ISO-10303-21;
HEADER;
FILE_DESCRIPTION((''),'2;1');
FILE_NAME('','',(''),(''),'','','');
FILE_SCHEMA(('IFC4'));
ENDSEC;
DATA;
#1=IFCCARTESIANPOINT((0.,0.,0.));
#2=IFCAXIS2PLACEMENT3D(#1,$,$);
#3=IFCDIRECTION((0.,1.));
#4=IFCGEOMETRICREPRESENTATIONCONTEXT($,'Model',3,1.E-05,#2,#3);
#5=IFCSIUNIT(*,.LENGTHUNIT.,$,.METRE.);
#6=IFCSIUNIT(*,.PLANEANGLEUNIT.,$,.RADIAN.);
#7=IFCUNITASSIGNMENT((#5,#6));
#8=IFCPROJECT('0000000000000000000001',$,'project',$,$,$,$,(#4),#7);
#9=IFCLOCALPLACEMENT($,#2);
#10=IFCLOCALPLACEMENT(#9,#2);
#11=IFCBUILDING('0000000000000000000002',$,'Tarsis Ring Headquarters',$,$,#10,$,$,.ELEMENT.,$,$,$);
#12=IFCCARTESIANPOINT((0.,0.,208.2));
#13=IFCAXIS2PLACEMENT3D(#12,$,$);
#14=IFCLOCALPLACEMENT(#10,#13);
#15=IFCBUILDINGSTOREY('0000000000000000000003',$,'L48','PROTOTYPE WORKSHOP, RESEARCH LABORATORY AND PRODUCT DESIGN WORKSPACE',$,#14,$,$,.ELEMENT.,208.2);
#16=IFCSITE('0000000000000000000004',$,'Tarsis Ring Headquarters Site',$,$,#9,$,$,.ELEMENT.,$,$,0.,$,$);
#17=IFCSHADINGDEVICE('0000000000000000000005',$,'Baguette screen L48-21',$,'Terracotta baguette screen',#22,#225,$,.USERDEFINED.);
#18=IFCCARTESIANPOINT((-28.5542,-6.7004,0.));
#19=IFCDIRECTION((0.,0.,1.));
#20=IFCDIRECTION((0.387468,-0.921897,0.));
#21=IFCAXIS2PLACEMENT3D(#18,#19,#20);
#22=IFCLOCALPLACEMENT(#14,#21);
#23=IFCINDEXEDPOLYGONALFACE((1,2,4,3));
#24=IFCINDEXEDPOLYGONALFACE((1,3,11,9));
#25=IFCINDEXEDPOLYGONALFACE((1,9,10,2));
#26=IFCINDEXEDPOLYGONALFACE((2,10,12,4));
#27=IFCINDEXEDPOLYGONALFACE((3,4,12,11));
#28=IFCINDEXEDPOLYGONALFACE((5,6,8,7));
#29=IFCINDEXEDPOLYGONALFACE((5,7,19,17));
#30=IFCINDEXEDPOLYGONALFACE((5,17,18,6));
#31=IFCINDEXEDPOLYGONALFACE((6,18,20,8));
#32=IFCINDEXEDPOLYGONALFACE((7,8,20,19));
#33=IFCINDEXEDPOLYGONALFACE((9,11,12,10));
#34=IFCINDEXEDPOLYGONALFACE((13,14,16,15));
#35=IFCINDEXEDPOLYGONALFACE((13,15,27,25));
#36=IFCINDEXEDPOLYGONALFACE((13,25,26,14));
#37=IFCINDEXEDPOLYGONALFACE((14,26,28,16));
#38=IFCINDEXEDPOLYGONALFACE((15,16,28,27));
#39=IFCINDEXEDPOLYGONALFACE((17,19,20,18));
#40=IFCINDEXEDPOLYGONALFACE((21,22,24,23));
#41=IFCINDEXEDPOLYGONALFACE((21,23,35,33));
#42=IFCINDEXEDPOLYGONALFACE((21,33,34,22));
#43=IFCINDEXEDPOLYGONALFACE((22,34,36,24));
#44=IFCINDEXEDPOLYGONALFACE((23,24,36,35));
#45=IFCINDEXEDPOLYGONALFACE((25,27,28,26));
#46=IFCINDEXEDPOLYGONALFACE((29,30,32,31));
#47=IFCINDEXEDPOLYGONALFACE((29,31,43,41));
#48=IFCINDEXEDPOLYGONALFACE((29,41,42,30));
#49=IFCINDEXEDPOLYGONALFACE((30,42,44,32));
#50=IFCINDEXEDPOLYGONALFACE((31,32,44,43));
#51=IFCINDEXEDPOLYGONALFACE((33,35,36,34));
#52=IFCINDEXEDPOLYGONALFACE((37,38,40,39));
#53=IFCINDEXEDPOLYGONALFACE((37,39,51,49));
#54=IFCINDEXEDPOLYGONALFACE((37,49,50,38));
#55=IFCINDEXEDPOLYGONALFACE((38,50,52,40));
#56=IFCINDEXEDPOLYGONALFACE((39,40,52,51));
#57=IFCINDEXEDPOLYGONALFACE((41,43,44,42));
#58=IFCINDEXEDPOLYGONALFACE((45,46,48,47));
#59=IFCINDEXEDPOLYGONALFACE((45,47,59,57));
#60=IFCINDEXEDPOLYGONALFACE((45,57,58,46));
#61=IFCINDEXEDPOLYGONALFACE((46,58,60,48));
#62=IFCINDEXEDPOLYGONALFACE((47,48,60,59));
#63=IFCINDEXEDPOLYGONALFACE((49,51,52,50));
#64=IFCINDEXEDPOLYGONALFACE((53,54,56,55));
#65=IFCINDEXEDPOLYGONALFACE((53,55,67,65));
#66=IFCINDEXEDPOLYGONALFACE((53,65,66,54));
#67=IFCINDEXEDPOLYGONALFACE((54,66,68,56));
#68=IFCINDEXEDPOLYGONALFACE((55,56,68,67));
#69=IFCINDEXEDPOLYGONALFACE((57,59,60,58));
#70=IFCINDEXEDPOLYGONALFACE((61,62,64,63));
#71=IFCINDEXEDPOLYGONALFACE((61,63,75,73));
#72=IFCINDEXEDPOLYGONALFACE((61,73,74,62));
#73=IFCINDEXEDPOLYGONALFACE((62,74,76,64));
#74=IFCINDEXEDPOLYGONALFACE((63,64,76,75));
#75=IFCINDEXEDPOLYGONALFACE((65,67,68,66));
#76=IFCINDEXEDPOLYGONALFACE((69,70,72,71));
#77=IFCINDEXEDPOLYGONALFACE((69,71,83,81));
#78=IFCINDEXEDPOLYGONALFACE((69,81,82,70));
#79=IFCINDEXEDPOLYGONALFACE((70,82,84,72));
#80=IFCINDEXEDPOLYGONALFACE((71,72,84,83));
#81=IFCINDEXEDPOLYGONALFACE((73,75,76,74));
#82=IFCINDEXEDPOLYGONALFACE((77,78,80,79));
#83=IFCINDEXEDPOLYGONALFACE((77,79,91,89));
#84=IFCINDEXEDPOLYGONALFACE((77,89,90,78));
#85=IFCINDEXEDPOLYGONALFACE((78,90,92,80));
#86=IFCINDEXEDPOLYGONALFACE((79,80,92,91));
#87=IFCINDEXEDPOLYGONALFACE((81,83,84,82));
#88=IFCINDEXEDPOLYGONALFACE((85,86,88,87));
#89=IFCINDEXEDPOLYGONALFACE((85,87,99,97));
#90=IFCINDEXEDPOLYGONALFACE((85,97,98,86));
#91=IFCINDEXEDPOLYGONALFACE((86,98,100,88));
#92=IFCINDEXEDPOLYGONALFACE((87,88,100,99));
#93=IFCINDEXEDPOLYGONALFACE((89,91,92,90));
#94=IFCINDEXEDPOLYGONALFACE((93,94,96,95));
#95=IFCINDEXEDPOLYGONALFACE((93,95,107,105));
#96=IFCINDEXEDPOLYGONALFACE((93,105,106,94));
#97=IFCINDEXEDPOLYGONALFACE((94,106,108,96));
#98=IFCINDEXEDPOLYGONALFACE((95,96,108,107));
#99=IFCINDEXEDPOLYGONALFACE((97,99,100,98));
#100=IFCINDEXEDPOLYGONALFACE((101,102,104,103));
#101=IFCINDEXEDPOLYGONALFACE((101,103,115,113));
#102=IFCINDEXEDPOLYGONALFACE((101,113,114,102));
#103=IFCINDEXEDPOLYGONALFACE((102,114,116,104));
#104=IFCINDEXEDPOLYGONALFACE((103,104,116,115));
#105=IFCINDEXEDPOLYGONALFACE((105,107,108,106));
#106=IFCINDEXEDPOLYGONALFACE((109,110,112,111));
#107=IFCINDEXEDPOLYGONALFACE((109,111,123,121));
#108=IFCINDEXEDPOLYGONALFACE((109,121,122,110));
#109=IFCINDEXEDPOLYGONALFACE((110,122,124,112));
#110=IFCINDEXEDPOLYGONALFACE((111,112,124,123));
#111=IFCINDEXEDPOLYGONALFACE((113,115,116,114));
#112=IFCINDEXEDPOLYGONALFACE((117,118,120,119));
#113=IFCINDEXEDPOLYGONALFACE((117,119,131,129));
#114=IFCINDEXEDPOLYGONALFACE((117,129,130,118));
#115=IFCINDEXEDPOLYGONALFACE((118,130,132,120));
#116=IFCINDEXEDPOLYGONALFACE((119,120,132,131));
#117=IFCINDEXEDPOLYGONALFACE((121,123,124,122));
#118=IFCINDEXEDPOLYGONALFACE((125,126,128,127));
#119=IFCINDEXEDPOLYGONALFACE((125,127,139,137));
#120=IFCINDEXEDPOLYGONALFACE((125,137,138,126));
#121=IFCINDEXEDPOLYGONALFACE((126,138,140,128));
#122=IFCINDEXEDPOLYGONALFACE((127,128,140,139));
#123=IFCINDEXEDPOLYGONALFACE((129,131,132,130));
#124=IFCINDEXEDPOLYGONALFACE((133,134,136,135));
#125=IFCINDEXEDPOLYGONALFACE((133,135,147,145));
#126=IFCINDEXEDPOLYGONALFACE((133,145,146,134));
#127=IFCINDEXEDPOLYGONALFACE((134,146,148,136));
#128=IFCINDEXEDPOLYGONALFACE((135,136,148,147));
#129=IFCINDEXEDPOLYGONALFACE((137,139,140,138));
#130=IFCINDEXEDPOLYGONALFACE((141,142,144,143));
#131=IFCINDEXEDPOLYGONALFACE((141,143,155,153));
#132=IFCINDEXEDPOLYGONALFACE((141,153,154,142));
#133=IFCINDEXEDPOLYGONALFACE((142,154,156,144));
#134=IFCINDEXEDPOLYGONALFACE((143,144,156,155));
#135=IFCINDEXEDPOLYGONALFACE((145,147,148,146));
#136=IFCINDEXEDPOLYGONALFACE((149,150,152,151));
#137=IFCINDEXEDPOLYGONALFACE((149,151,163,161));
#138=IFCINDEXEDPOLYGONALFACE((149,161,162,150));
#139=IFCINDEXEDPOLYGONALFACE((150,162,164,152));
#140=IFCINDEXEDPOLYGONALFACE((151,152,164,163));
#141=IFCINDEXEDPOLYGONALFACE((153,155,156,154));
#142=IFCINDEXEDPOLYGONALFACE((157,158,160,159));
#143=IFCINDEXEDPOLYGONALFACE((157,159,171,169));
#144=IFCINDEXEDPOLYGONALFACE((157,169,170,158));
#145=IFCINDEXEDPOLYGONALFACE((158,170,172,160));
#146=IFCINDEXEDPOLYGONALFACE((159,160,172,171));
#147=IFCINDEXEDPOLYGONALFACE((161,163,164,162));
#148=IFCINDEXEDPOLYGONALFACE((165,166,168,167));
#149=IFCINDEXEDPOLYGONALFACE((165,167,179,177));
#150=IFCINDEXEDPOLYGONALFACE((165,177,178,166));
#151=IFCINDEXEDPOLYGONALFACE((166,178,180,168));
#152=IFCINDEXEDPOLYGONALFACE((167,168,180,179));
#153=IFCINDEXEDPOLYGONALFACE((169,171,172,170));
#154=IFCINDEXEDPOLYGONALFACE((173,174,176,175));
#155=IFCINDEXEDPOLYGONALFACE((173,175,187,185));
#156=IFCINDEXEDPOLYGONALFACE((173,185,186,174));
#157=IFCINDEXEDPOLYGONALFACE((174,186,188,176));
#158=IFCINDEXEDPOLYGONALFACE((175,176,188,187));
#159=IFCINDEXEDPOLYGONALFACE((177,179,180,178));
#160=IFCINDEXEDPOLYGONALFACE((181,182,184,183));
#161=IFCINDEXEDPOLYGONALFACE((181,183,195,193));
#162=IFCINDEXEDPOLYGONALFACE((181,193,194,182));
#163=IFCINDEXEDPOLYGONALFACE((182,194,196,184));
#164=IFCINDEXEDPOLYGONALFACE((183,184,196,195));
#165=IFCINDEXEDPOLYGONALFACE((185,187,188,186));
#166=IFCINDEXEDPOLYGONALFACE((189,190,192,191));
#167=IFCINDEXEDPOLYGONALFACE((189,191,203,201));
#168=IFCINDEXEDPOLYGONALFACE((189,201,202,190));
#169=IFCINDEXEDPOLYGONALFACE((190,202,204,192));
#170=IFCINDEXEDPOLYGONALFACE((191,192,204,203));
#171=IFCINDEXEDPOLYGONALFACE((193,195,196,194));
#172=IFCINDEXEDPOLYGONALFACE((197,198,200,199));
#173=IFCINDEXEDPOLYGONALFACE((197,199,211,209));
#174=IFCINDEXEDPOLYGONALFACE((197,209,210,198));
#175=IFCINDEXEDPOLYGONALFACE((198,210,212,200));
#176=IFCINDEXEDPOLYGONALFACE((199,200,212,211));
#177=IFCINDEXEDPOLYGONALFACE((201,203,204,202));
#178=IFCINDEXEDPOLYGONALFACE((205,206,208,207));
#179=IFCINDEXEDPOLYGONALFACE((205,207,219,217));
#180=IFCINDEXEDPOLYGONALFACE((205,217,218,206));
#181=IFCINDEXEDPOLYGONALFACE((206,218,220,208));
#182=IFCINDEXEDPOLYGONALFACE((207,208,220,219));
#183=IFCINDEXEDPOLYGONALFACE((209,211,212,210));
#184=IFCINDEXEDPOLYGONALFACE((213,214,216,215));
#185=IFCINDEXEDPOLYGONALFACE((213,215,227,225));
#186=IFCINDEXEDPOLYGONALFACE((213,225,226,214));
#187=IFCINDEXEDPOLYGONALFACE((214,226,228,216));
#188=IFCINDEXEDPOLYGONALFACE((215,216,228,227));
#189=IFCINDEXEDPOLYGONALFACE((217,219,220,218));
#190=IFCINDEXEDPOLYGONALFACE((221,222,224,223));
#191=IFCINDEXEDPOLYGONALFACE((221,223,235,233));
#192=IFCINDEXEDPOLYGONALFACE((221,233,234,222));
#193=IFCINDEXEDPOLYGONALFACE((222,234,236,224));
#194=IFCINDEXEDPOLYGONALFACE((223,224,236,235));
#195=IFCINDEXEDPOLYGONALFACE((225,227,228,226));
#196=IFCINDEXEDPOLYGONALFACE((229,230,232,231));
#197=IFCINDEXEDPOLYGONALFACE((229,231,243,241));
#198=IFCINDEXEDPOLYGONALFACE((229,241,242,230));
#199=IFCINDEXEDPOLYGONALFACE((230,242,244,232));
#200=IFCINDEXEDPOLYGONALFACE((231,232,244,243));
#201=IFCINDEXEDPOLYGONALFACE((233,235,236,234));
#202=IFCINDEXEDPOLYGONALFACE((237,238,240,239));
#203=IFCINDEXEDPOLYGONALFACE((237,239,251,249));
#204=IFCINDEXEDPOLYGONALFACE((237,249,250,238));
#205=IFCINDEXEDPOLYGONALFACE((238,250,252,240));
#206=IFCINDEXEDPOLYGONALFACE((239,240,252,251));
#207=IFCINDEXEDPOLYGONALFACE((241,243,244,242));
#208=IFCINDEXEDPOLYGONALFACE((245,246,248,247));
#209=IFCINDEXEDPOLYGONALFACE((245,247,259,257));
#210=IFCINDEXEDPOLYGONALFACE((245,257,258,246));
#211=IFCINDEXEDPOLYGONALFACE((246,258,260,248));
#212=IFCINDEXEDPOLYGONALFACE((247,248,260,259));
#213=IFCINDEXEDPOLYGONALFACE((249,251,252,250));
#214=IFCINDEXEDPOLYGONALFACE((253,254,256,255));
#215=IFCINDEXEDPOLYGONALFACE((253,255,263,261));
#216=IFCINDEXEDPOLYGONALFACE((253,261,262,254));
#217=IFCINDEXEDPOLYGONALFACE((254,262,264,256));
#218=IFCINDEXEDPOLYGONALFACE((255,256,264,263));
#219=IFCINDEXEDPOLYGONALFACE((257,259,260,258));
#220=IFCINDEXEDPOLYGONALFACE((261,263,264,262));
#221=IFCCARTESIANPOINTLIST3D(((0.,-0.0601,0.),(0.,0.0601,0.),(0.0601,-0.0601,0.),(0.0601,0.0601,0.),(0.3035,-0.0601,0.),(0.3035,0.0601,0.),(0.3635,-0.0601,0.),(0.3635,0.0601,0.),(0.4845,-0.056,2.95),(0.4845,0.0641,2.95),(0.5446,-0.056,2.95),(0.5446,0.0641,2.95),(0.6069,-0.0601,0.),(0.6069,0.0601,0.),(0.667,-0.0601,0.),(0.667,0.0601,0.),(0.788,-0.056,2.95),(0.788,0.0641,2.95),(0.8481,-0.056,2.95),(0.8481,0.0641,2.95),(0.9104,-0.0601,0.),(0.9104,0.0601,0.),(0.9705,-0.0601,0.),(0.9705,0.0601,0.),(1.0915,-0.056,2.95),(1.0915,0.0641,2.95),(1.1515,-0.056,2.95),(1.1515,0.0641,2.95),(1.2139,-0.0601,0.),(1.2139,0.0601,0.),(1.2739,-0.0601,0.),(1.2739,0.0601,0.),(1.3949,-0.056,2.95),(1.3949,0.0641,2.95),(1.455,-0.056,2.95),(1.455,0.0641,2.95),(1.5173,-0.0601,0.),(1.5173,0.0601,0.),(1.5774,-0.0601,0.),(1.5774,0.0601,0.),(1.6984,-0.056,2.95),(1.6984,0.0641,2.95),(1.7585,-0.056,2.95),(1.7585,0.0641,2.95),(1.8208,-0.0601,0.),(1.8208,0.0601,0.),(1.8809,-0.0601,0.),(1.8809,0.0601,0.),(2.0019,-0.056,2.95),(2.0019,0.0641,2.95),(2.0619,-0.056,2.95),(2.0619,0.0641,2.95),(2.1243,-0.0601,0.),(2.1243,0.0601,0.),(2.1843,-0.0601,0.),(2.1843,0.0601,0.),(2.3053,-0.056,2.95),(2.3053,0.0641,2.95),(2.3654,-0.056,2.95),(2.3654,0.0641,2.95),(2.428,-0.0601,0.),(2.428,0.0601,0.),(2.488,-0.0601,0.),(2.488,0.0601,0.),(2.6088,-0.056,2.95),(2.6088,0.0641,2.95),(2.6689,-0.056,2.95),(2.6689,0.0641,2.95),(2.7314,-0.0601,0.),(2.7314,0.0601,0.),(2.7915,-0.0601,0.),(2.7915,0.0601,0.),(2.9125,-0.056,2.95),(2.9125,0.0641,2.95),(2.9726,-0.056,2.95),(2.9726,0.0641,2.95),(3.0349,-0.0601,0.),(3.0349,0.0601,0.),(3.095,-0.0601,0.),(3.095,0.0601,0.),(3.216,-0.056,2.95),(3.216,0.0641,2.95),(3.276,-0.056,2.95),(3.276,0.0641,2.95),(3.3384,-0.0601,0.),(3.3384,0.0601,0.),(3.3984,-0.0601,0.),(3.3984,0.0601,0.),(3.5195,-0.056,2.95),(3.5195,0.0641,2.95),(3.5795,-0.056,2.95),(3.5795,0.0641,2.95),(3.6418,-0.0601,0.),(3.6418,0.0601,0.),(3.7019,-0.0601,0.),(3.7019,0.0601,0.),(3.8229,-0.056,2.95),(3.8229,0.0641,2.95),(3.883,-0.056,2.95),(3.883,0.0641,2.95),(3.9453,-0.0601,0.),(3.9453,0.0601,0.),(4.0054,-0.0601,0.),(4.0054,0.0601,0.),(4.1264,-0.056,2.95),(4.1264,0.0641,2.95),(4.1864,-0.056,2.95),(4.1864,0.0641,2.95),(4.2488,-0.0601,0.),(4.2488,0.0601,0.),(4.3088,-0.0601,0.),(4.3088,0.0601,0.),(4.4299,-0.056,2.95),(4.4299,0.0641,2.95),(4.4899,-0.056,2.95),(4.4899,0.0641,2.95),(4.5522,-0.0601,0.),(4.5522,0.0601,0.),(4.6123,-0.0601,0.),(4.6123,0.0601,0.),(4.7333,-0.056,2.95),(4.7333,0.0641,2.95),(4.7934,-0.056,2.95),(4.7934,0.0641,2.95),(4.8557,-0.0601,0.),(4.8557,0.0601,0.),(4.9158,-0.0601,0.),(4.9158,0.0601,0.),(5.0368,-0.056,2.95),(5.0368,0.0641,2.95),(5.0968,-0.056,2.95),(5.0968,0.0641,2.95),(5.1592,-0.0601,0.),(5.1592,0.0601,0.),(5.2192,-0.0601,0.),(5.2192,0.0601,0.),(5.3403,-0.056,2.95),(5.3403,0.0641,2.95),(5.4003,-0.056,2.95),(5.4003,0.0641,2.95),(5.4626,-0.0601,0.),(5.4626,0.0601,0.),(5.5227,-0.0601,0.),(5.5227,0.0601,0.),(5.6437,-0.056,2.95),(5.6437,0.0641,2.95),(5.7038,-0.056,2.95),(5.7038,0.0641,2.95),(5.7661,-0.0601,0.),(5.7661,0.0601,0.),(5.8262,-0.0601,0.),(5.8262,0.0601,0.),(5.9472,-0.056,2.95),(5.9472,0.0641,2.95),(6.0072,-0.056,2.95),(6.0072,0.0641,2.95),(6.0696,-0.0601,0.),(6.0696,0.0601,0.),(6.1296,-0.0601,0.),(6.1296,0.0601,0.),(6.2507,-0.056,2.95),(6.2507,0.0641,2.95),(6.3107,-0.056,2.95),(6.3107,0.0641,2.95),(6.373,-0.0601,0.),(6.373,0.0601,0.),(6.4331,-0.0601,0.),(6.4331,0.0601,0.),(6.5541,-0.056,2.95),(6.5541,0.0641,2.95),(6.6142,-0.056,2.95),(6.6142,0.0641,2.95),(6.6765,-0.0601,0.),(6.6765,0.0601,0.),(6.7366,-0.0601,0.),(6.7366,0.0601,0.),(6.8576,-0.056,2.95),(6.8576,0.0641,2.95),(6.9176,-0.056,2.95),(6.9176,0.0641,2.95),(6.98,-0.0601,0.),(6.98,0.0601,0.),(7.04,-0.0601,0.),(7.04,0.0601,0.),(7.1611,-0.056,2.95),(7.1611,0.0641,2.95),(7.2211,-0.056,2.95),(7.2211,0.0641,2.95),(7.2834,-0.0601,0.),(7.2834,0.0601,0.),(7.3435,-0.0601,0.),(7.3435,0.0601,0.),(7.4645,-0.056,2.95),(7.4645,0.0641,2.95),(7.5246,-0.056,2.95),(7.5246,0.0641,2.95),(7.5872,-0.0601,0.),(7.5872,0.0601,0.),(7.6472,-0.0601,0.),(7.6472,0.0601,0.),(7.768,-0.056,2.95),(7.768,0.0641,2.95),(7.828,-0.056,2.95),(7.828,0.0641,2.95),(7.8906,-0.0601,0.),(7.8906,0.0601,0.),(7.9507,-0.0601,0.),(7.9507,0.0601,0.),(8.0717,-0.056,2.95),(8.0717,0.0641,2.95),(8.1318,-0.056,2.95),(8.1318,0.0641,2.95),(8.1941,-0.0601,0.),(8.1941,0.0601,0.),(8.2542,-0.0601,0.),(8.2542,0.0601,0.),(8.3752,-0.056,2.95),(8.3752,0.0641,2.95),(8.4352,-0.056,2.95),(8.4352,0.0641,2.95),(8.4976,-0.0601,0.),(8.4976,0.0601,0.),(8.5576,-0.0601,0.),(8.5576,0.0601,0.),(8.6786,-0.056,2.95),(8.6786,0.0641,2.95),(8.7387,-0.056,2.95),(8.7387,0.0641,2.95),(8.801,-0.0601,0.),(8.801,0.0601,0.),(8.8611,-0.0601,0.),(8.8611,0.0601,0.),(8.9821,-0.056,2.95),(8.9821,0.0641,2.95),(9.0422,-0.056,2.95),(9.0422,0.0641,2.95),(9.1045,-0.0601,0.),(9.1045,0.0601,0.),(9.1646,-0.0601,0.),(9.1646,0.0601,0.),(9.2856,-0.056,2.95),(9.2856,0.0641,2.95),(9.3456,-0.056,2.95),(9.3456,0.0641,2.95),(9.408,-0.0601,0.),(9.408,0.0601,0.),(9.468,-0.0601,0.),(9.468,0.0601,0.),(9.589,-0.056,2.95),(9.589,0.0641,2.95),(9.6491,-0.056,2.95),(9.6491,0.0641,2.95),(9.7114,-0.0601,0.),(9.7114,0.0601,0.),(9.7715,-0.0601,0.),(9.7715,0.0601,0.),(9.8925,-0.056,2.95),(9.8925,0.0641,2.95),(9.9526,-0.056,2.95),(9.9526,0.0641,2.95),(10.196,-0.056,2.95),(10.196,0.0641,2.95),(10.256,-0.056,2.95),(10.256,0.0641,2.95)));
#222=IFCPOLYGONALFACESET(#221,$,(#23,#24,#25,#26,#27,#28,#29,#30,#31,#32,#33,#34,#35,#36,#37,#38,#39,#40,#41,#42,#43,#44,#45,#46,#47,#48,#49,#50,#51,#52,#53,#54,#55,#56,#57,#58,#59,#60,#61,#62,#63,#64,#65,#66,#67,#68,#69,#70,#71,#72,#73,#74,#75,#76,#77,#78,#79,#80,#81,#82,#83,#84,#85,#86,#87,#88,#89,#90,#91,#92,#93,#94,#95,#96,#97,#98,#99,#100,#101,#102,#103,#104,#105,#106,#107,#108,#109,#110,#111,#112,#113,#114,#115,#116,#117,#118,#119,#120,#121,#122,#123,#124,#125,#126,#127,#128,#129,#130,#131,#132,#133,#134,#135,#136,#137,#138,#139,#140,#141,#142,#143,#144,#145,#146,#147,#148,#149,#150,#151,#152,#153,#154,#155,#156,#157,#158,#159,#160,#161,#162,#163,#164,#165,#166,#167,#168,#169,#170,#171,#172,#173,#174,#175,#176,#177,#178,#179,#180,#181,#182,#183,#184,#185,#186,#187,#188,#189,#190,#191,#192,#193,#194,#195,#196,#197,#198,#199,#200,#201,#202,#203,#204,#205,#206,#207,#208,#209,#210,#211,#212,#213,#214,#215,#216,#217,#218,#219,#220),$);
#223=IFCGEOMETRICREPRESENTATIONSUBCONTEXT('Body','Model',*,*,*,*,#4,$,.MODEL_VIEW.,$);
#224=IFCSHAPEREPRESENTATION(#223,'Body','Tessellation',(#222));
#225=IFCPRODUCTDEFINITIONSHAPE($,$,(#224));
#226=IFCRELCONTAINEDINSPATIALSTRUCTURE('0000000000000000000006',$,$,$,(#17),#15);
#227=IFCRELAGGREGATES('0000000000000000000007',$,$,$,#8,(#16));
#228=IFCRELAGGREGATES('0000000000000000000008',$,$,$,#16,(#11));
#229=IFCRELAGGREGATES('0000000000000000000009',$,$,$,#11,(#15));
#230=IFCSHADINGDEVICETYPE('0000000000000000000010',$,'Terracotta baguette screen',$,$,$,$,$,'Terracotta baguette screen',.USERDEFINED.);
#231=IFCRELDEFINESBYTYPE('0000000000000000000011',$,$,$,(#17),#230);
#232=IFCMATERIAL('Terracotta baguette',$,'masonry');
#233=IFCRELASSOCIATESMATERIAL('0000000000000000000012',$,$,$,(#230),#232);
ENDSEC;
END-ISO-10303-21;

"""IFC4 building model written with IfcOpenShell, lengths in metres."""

from ifc_helpers import new_model, si_unit, direction, frame, frame_2d, origin, place, context, subcontext, project, spatial, rectangle, composite_profile, extrude, material, type_object, element, save


model = new_model("IFC4")

# Units and contexts
model_context = context("Model", 3, precision=1e-05, world=origin(), true_north=direction((0.0, 1.0)))
body_context = subcontext(model_context, "Body", "Model", "MODEL_VIEW")
ifc_project = project(units=[si_unit("LENGTHUNIT", "METRE"), si_unit("PLANEANGLEUNIT", "RADIAN")], contexts=[model_context])

# Site, building, storey
site_placement = place(None, origin())
site = spatial("IfcSite", under=ifc_project, at=site_placement, Name="Tarsis Ring Headquarters Site", CompositionType="ELEMENT", RefElevation=0.0)
building_placement = place(site_placement, origin())
building = spatial("IfcBuilding", under=site, at=building_placement, Name="Tarsis Ring Headquarters", CompositionType="ELEMENT")
storey_placement = place(building_placement, frame((0.0, 0.0, 208.2)))
storey = spatial("IfcBuildingStorey", under=building, at=storey_placement, Name="L48", Description="PROTOTYPE WORKSHOP, RESEARCH LABORATORY AND PRODUCT DESIGN WORKSPACE", CompositionType="ELEMENT", Elevation=208.2)

# Shading device
ifc_material_1 = material(Name="Terracotta baguette", Category="masonry")
shading_device_type = type_object("IfcShadingDeviceType", Name="Terracotta baguette screen", ElementType="Terracotta baguette screen", PredefinedType="USERDEFINED", material=ifc_material_1)
shading_device_1_placement = place(storey_placement, frame((-28.5542, -6.7004, 0.0), z_axis=(0.0, 0.0, 1.0), x_axis=(0.387468, -0.921897, 0.0)))
element("IfcShadingDevice", 1, at=shading_device_1_placement, inside=storey, type_object=shading_device_type, Name="Baguette screen L48-21", ObjectType="Terracotta baguette screen", PredefinedType="USERDEFINED", context=body_context, shape_type="SweptSolid", body=[
    extrude(composite_profile([rectangle(XDim=0.0601, YDim=0.1201, at=frame_2d((0.03, 0.0))), rectangle(XDim=0.0601, YDim=0.1201, at=frame_2d((0.3335, 0.0))), rectangle(XDim=0.0601, YDim=0.1201, at=frame_2d((0.637, 0.0))), rectangle(XDim=0.0601, YDim=0.1201, at=frame_2d((0.9404, 0.0))), rectangle(XDim=0.0601, YDim=0.1201, at=frame_2d((1.2439, 0.0))), rectangle(XDim=0.0601, YDim=0.1201, at=frame_2d((1.5474, 0.0))), rectangle(XDim=0.0601, YDim=0.1201, at=frame_2d((1.8508, 0.0))), rectangle(XDim=0.0601, YDim=0.1201, at=frame_2d((2.1543, 0.0))), rectangle(XDim=0.0601, YDim=0.1201, at=frame_2d((2.458, 0.0))), rectangle(XDim=0.0601, YDim=0.1201, at=frame_2d((2.7615, 0.0))), rectangle(XDim=0.0601, YDim=0.1201, at=frame_2d((3.0649, 0.0))), rectangle(XDim=0.0601, YDim=0.1201, at=frame_2d((3.3684, 0.0))), rectangle(XDim=0.0601, YDim=0.1201, at=frame_2d((3.6719, 0.0))), rectangle(XDim=0.0601, YDim=0.1201, at=frame_2d((3.9753, 0.0))), rectangle(XDim=0.0601, YDim=0.1201, at=frame_2d((4.2788, 0.0))), rectangle(XDim=0.0601, YDim=0.1201, at=frame_2d((4.5823, 0.0))), rectangle(XDim=0.0601, YDim=0.1201, at=frame_2d((4.8857, 0.0))), rectangle(XDim=0.0601, YDim=0.1201, at=frame_2d((5.1892, 0.0))), rectangle(XDim=0.0601, YDim=0.1201, at=frame_2d((5.4927, 0.0))), rectangle(XDim=0.0601, YDim=0.1201, at=frame_2d((5.7961, 0.0))), rectangle(XDim=0.0601, YDim=0.1201, at=frame_2d((6.0996, 0.0))), rectangle(XDim=0.0601, YDim=0.1201, at=frame_2d((6.4031, 0.0))), rectangle(XDim=0.0601, YDim=0.1201, at=frame_2d((6.7065, 0.0))), rectangle(XDim=0.0601, YDim=0.1201, at=frame_2d((7.01, 0.0))), rectangle(XDim=0.0601, YDim=0.1201, at=frame_2d((7.3135, 0.0))), rectangle(XDim=0.0601, YDim=0.1201, at=frame_2d((7.6172, 0.0))), rectangle(XDim=0.0601, YDim=0.1201, at=frame_2d((7.9207, 0.0))), rectangle(XDim=0.0601, YDim=0.1201, at=frame_2d((8.2241, 0.0))), rectangle(XDim=0.0601, YDim=0.1201, at=frame_2d((8.5276, 0.0))), rectangle(XDim=0.0601, YDim=0.1201, at=frame_2d((8.8311, 0.0))), rectangle(XDim=0.0601, YDim=0.1201, at=frame_2d((9.1345, 0.0))), rectangle(XDim=0.0601, YDim=0.1201, at=frame_2d((9.438, 0.0))), rectangle(XDim=0.0601, YDim=0.1201, at=frame_2d((9.7415, 0.0)))]), origin(), (0.162081, 0.001353, 0.986776), 2.9895),
])

save(model, "model.ifc")
